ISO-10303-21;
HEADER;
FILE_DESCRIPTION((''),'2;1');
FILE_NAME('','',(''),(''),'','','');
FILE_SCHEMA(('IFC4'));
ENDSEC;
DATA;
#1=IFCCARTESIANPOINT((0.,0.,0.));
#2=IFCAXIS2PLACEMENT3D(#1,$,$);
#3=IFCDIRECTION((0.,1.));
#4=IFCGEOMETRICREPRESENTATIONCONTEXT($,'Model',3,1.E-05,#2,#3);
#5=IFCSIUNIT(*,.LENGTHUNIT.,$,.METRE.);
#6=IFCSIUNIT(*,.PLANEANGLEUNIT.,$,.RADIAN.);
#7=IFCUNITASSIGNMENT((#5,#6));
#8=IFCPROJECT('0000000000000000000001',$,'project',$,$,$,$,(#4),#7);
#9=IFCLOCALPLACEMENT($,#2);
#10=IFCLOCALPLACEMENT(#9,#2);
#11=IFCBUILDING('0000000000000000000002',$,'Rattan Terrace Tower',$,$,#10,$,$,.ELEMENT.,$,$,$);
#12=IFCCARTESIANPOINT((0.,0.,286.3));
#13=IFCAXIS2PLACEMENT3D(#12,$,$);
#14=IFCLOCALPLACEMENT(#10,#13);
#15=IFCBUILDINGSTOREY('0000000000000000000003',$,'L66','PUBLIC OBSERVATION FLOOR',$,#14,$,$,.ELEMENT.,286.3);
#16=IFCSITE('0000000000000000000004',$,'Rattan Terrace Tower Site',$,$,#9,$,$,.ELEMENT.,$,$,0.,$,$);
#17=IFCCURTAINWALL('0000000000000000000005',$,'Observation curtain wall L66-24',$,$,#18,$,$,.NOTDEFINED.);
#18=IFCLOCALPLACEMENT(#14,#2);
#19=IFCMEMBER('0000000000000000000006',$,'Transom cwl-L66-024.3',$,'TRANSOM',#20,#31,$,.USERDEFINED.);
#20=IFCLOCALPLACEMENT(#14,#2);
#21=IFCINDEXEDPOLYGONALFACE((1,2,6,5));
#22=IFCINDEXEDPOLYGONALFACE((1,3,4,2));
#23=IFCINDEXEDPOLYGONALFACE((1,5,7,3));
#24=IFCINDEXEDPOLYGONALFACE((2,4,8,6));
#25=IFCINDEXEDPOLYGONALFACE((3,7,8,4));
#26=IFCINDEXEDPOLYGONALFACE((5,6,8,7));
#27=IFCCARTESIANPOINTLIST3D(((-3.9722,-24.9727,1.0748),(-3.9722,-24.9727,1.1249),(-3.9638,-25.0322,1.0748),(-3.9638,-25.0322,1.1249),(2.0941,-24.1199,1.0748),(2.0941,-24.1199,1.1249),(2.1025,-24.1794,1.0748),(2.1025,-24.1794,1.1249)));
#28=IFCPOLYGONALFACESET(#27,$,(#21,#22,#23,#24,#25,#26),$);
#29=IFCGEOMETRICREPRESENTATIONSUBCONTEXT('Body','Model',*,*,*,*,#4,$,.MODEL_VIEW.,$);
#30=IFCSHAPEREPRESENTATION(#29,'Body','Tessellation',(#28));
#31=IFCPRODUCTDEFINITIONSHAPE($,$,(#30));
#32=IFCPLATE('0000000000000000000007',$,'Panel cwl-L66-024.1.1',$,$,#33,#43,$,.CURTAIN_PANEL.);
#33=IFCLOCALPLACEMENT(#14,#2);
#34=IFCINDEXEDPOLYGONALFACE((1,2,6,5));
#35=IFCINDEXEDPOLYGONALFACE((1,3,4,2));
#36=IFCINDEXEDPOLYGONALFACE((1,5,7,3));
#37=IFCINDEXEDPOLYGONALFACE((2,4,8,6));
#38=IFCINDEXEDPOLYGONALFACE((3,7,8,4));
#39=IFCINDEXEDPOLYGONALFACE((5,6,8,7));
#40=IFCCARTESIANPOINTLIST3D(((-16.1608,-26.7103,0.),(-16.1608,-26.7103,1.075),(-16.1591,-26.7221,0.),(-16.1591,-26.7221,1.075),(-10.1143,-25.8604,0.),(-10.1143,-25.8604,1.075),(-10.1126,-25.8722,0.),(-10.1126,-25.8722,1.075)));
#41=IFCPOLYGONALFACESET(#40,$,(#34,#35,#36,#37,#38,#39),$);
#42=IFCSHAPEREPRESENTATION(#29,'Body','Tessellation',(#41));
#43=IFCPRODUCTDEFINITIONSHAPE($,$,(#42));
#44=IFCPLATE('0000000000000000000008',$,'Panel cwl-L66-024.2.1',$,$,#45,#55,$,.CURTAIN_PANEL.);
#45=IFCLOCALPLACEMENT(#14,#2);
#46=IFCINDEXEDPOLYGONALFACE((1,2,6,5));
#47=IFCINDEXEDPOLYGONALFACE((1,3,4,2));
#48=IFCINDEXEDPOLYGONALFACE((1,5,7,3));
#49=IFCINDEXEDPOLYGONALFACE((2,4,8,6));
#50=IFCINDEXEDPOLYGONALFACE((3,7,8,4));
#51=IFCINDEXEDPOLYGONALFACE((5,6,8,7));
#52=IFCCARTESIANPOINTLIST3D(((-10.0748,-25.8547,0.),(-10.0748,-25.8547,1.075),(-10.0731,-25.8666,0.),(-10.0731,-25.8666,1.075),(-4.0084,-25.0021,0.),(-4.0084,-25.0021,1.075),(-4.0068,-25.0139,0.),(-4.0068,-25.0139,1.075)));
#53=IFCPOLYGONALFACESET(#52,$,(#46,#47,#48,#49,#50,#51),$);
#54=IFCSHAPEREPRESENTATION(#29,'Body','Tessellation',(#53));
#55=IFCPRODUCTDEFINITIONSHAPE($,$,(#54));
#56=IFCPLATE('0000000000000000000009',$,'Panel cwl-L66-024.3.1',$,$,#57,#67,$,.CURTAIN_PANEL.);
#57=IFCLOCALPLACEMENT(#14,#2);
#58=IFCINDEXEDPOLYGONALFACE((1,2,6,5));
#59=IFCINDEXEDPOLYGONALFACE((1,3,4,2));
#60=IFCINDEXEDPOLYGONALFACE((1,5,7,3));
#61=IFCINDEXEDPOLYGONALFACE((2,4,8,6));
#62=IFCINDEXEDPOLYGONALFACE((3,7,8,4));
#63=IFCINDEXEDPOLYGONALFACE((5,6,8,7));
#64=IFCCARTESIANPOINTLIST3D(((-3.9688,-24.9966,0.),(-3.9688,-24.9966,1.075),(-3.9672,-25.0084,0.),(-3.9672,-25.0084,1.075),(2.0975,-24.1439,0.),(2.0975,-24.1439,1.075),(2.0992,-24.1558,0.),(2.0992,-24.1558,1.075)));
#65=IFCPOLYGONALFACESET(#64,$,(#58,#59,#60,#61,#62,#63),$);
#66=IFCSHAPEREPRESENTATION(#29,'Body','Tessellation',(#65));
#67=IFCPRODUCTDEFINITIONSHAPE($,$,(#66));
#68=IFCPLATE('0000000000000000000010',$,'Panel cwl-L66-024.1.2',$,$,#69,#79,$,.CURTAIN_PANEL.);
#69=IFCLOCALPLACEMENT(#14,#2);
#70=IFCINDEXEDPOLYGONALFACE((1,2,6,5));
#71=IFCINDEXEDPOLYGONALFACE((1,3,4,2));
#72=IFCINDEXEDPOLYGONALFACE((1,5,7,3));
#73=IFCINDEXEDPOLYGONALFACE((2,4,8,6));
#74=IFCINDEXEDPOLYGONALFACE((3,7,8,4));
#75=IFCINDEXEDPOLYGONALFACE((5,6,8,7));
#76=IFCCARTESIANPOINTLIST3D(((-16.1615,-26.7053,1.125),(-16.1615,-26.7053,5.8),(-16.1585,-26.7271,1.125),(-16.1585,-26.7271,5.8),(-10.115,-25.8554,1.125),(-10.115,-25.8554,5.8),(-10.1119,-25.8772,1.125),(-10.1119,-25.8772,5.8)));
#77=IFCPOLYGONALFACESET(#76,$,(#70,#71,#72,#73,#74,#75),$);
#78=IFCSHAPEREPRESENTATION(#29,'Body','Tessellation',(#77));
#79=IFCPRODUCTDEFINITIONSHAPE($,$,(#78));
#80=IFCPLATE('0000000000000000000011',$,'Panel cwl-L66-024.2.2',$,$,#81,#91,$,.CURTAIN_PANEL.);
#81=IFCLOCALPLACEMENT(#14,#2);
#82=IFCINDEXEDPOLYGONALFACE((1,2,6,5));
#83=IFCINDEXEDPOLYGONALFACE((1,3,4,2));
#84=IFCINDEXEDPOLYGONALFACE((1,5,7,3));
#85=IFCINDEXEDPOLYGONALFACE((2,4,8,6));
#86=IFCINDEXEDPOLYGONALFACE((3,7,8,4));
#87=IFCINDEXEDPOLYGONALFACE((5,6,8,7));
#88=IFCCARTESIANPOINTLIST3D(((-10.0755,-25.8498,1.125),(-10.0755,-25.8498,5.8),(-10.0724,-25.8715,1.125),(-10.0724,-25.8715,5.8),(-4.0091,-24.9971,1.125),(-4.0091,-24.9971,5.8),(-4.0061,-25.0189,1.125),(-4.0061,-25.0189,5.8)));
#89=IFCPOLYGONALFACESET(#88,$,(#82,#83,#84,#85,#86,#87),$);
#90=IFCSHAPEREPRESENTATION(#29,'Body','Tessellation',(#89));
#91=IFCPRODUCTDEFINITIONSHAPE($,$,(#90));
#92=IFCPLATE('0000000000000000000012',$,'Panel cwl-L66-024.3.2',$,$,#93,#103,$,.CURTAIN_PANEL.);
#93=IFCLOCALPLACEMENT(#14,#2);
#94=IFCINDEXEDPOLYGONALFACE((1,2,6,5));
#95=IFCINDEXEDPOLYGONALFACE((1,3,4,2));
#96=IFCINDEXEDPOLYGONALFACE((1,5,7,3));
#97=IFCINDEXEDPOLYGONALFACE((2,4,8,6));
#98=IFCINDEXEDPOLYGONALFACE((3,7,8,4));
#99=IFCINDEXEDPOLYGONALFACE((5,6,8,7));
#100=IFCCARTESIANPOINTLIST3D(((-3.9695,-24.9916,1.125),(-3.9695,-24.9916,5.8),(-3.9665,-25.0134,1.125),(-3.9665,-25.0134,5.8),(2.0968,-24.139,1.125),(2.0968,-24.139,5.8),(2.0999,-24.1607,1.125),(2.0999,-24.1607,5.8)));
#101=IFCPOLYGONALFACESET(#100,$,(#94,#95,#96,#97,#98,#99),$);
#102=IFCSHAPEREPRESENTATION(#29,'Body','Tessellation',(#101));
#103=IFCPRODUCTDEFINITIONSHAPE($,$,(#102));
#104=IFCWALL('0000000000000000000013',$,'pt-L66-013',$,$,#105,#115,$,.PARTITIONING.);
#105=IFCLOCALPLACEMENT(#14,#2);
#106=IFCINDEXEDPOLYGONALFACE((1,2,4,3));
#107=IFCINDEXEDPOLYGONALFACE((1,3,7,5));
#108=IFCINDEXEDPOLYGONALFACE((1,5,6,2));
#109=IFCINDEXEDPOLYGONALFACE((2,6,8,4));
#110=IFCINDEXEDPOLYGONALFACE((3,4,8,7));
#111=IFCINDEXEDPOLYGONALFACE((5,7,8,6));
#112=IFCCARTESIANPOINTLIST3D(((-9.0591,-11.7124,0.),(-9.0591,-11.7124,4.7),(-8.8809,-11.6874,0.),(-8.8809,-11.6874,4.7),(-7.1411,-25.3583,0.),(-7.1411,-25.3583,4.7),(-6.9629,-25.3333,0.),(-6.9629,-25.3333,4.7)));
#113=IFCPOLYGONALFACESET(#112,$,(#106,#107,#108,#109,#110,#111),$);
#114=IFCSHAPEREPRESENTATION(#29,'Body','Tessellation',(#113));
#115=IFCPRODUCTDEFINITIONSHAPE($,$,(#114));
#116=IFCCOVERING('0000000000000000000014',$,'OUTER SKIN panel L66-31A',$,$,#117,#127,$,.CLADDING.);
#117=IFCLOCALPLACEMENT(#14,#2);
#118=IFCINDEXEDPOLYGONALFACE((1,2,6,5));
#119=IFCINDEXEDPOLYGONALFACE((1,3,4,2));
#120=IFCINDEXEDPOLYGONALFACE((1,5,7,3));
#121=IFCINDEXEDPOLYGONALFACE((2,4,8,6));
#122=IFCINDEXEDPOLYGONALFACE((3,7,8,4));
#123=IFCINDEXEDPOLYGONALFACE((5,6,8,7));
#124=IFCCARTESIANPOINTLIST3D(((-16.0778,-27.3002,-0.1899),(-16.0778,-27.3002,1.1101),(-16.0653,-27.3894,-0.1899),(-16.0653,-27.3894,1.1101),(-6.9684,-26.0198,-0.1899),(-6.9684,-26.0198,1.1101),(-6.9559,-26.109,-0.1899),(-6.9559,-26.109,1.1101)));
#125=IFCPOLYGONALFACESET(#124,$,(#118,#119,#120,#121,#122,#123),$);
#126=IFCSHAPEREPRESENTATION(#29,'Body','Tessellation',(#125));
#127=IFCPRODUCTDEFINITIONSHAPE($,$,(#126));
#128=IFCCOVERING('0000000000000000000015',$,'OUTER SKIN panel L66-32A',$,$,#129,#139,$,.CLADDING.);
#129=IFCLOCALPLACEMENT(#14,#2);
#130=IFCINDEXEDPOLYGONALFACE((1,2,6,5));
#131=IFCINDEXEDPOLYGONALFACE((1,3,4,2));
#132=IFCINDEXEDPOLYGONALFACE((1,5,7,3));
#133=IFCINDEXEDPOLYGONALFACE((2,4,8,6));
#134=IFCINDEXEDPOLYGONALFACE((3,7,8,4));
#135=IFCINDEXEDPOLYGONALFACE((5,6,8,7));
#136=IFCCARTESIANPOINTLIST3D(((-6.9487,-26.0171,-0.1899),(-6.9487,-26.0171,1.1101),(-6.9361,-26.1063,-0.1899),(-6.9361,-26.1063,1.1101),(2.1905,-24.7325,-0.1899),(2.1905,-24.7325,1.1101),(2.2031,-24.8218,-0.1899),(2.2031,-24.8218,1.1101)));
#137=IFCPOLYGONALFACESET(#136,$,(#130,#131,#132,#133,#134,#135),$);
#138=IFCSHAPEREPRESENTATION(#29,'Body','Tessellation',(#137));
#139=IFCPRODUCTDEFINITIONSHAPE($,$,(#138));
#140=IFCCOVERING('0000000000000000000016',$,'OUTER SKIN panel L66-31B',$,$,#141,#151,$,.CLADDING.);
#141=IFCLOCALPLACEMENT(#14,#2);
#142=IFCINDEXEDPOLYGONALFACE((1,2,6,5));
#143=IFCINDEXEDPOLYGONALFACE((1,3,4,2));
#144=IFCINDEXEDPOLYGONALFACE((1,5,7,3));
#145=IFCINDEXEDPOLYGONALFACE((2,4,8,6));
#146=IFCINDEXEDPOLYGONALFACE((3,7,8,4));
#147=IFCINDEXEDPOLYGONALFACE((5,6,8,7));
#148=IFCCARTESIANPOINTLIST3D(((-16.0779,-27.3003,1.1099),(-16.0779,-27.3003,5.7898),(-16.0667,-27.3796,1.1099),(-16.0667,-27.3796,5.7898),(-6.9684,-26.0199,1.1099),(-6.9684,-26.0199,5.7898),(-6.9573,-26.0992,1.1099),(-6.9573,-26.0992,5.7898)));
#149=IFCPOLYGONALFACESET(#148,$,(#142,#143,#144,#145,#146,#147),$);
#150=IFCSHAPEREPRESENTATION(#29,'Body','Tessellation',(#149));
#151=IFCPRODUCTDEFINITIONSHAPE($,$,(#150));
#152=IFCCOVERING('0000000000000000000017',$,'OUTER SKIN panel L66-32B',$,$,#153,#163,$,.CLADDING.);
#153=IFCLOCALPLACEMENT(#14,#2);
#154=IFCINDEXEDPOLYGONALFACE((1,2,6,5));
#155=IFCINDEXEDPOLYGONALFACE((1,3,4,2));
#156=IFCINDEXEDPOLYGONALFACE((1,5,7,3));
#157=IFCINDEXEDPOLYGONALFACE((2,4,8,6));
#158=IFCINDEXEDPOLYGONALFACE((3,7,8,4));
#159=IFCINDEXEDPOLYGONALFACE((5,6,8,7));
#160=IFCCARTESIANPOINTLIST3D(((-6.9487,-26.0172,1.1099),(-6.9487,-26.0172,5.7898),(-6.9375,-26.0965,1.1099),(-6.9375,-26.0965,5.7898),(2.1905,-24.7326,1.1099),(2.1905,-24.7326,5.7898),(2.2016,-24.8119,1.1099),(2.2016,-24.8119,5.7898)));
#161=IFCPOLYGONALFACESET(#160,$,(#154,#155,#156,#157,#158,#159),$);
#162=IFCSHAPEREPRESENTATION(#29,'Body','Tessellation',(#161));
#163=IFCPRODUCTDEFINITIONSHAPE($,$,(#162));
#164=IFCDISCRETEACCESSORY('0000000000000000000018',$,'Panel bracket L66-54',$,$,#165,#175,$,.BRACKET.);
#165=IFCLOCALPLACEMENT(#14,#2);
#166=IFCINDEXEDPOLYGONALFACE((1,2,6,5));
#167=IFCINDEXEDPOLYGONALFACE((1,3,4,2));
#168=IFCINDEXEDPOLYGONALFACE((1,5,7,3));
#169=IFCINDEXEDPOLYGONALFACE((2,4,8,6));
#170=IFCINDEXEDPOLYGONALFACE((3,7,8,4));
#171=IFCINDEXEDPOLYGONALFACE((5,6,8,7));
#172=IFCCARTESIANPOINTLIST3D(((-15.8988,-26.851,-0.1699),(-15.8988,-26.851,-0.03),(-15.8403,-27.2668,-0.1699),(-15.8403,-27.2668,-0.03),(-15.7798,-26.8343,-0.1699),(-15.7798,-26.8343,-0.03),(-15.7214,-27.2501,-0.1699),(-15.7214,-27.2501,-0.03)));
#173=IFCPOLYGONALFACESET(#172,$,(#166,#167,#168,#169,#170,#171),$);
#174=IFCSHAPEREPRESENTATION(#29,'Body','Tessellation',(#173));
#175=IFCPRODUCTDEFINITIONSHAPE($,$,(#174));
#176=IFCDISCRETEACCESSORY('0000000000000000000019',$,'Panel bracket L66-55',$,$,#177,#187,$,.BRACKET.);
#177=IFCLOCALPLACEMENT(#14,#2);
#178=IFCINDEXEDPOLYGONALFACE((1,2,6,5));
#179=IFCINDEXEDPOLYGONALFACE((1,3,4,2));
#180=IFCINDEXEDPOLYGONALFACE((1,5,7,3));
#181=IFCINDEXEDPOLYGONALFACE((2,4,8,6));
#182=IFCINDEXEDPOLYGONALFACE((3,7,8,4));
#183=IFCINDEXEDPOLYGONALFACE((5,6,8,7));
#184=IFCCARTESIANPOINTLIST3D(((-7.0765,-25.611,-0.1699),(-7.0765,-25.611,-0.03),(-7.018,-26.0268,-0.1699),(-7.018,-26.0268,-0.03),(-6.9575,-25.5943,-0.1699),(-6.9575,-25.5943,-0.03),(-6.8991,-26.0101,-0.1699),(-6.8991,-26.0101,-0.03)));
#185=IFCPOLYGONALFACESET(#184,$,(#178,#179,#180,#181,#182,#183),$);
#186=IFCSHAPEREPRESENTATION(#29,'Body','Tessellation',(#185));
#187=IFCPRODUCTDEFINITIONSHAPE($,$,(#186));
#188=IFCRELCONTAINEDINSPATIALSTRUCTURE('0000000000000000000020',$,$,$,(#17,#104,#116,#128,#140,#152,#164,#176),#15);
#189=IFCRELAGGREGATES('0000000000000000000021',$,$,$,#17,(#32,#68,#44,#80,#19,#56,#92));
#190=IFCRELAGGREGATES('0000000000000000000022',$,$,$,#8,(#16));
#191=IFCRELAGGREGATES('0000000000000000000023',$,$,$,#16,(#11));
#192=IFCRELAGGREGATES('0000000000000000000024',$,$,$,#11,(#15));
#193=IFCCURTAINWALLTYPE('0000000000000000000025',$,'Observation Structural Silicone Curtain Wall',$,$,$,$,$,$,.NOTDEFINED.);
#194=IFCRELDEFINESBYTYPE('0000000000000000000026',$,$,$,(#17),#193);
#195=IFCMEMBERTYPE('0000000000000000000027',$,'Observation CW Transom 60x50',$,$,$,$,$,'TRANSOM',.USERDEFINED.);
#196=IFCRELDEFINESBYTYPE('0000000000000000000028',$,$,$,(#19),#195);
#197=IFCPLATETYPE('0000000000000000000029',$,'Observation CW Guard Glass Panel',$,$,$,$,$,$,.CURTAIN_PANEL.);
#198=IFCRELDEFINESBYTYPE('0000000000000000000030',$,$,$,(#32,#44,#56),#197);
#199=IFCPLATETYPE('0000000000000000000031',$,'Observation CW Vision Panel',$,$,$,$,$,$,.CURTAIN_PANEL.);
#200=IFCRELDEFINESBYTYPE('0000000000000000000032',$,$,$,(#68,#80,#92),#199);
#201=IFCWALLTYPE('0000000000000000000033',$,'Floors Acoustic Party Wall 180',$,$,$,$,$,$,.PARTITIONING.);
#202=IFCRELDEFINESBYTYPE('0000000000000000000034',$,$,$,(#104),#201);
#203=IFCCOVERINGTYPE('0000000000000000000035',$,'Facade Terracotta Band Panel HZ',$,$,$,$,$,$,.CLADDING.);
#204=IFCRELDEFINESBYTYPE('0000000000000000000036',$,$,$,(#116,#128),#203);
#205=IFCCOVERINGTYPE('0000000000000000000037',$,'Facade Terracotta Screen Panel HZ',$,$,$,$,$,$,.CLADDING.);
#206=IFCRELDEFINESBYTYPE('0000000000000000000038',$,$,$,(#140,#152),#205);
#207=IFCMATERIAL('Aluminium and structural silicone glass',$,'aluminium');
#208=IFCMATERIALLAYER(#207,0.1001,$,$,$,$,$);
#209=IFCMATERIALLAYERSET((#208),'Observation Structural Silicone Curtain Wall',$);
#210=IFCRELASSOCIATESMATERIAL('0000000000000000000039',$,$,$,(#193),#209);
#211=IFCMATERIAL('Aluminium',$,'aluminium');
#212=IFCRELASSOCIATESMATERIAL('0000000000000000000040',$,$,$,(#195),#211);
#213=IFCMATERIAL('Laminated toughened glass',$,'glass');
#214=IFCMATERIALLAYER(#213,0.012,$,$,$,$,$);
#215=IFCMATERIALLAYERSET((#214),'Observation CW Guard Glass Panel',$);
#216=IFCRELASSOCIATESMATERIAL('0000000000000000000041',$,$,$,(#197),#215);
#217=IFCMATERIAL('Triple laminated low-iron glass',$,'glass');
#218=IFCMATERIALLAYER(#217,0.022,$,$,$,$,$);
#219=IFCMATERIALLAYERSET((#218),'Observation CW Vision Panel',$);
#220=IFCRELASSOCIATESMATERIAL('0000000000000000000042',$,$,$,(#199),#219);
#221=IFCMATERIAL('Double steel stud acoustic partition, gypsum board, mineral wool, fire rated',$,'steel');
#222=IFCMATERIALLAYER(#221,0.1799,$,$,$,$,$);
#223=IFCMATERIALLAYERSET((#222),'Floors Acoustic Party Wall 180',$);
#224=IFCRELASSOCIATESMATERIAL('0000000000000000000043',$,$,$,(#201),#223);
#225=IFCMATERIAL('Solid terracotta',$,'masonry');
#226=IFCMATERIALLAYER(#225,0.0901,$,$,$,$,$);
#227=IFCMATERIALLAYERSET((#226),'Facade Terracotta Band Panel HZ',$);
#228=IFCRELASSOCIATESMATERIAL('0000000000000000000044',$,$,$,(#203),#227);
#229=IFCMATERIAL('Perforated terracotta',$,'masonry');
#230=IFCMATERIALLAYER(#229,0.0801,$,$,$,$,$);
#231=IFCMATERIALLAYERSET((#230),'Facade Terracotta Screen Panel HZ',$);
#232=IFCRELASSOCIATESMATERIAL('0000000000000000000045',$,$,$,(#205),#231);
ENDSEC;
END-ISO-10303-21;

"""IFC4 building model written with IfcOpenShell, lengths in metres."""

from ifc_helpers import new_model, si_unit, direction, frame, frame_2d, origin, origin_2d, place, context, subcontext, project, spatial, rectangle, extrude, material, layer, layer_set, material_profile, profile_set, type_object, element, aggregate, save


model = new_model("IFC4")

# Units and contexts
model_context = context("Model", 3, precision=1e-05, world=origin(), true_north=direction((0.0, 1.0)))
body_context = subcontext(model_context, "Body", "Model", "MODEL_VIEW")
ifc_project = project(units=[si_unit("LENGTHUNIT", "METRE"), si_unit("PLANEANGLEUNIT", "RADIAN")], contexts=[model_context])

# Site, building, storey
site_placement = place(None, origin())
site = spatial("IfcSite", under=ifc_project, at=site_placement, Name="Rattan Terrace Tower Site", CompositionType="ELEMENT", RefElevation=0.0)
building_placement = place(site_placement, origin())
building = spatial("IfcBuilding", under=site, at=building_placement, Name="Rattan Terrace Tower", CompositionType="ELEMENT")
storey_placement = place(building_placement, frame((0.0, 0.0, 286.3)))
storey = spatial("IfcBuildingStorey", under=building, at=storey_placement, Name="L66", Description="PUBLIC OBSERVATION FLOOR", CompositionType="ELEMENT", Elevation=286.3)

# Curtain wall, member, plates
ifc_material_1 = material(Name="Aluminium and structural silicone glass", Category="aluminium")
ifc_layer_1 = layer(ifc_material_1, 0.1001)
ifc_layer_set_1 = layer_set([ifc_layer_1], Name="Observation Structural Silicone Curtain Wall")
curtain_wall_type = type_object("IfcCurtainWallType", Name="Observation Structural Silicone Curtain Wall", PredefinedType="NOTDEFINED", material=ifc_layer_set_1)
curtain_wall_placement = place(storey_placement, origin())
curtain_wall = element("IfcCurtainWall", 1, at=curtain_wall_placement, inside=storey, type_object=curtain_wall_type, Name="Observation curtain wall L66-24", PredefinedType="NOTDEFINED")
ifc_material_2 = material(Name="Aluminium", Category="aluminium")
ifc_material_profile_1 = material_profile(ifc_material_2, rectangle(XDim=0.0601, YDim=0.05, at=origin_2d()), Name="Aluminium 60x50")
ifc_profile_set_1 = profile_set([ifc_material_profile_1], Name="Aluminium")
member_type_1 = type_object("IfcMemberType", Name="Observation CW Transom 60x50", ElementType="TRANSOM", PredefinedType="USERDEFINED", material=ifc_profile_set_1)
member_1_placement = place(storey_placement, frame((-3.968, -25.0024, 1.0999), z_axis=(0.990263, 0.139206, 0.0), x_axis=(-0.139206, 0.990263, 0.0)))
member_1 = element("IfcMember", 2, at=member_1_placement, type_object=member_type_1, Name="Transom cwl-L66-024.3", ObjectType="TRANSOM", PredefinedType="USERDEFINED", context=body_context, shape_type="SweptSolid", body=[
    extrude(rectangle(XDim=0.0601, YDim=0.05, at=origin_2d()), origin(), (0.0, 0.0, 1.0), 6.126),
])
ifc_material_3 = material(Name="Laminated toughened glass", Category="glass")
ifc_layer_2 = layer(ifc_material_3, 0.012)
ifc_layer_set_2 = layer_set([ifc_layer_2], Name="Observation CW Guard Glass Panel")
plate_type_1 = type_object("IfcPlateType", Name="Observation CW Guard Glass Panel", PredefinedType="CURTAIN_PANEL", material=ifc_layer_set_2)
plate_1_placement = place(storey_placement, frame((-13.1367, -26.2913, 0.0), z_axis=(0.0, 0.0, 1.0), x_axis=(0.990266, 0.139189, 0.0)))
plate_1 = element("IfcPlate", 3, at=plate_1_placement, type_object=plate_type_1, Name="Panel cwl-L66-024.1.1", PredefinedType="CURTAIN_PANEL", context=body_context, shape_type="SweptSolid", body=[
    extrude(rectangle(XDim=6.106, YDim=0.012, at=origin_2d()), origin(), (0.0, 0.0, 1.0), 1.075),
])
plate_2_placement = place(storey_placement, frame((-7.0408, -25.4343, 0.0), z_axis=(0.0, 0.0, 1.0), x_axis=(0.990266, 0.139189, 0.0)))
plate_2 = element("IfcPlate", 4, at=plate_2_placement, type_object=plate_type_1, Name="Panel cwl-L66-024.2.1", PredefinedType="CURTAIN_PANEL", context=body_context, shape_type="SweptSolid", body=[
    extrude(rectangle(XDim=6.126, YDim=0.012, at=origin_2d()), origin(), (0.0, 0.0, 1.0), 1.075),
])
plate_3_placement = place(storey_placement, frame((-0.9348, -24.5762, 0.0), z_axis=(0.0, 0.0, 1.0), x_axis=(0.990266, 0.139189, 0.0)))
plate_3 = element("IfcPlate", 5, at=plate_3_placement, type_object=plate_type_1, Name="Panel cwl-L66-024.3.1", PredefinedType="CURTAIN_PANEL", context=body_context, shape_type="SweptSolid", body=[
    extrude(rectangle(XDim=6.126, YDim=0.012, at=origin_2d()), origin(), (0.0, 0.0, 1.0), 1.075),
])
ifc_material_4 = material(Name="Triple laminated low-iron glass", Category="glass")
ifc_layer_3 = layer(ifc_material_4, 0.022)
ifc_layer_set_3 = layer_set([ifc_layer_3], Name="Observation CW Vision Panel")
plate_type_2 = type_object("IfcPlateType", Name="Observation CW Vision Panel", PredefinedType="CURTAIN_PANEL", material=ifc_layer_set_3)
plate_4_placement = place(storey_placement, frame((-13.1367, -26.2913, 1.125), z_axis=(0.0, 0.0, 1.0), x_axis=(0.990266, 0.139189, 0.0)))
plate_4 = element("IfcPlate", 6, at=plate_4_placement, type_object=plate_type_2, Name="Panel cwl-L66-024.1.2", PredefinedType="CURTAIN_PANEL", context=body_context, shape_type="SweptSolid", body=[
    extrude(rectangle(XDim=6.106, YDim=0.022, at=origin_2d()), origin(), (0.0, 0.0, 1.0), 4.675),
])
plate_5_placement = place(storey_placement, frame((-7.0408, -25.4343, 1.125), z_axis=(0.0, 0.0, 1.0), x_axis=(0.990266, 0.139189, 0.0)))
plate_5 = element("IfcPlate", 7, at=plate_5_placement, type_object=plate_type_2, Name="Panel cwl-L66-024.2.2", PredefinedType="CURTAIN_PANEL", context=body_context, shape_type="SweptSolid", body=[
    extrude(rectangle(XDim=6.126, YDim=0.022, at=origin_2d()), origin(), (0.0, 0.0, 1.0), 4.675),
])
plate_6_placement = place(storey_placement, frame((-0.9348, -24.5762, 1.125), z_axis=(0.0, 0.0, 1.0), x_axis=(0.990266, 0.139189, 0.0)))
plate_6 = element("IfcPlate", 8, at=plate_6_placement, type_object=plate_type_2, Name="Panel cwl-L66-024.3.2", PredefinedType="CURTAIN_PANEL", context=body_context, shape_type="SweptSolid", body=[
    extrude(rectangle(XDim=6.126, YDim=0.022, at=origin_2d()), origin(), (0.0, 0.0, 1.0), 4.675),
])
aggregate(curtain_wall, [plate_1, plate_4, plate_2, plate_5, member_1, plate_3, plate_6])

# Wall
ifc_material_5 = material(Name="Double steel stud acoustic partition, gypsum board, mineral wool, fire rated", Category="steel")
ifc_layer_4 = layer(ifc_material_5, 0.1799)
ifc_layer_set_4 = layer_set([ifc_layer_4], Name="Floors Acoustic Party Wall 180")
wall_type = type_object("IfcWallType", Name="Floors Acoustic Party Wall 180", PredefinedType="PARTITIONING", material=ifc_layer_set_4)
wall_placement = place(storey_placement, frame((-7.052, -25.3459, 0.0), z_axis=(0.0, 0.0, 1.0), x_axis=(-0.139184, 0.990267, 0.0)))
element("IfcWall", 9, at=wall_placement, inside=storey, type_object=wall_type, Name="pt-L66-013", PredefinedType="PARTITIONING", context=body_context, shape_type="SweptSolid", body=[
    extrude(rectangle(XDim=13.78, YDim=0.1799, at=frame_2d((6.8901, 0.0))), origin(), (0.0, 0.0, 1.0), 4.7),
])

# Coverings
ifc_material_6 = material(Name="Solid terracotta", Category="masonry")
ifc_layer_5 = layer(ifc_material_6, 0.0901)
ifc_layer_set_5 = layer_set([ifc_layer_5], Name="Facade Terracotta Band Panel HZ")
covering_type_1 = type_object("IfcCoveringType", Name="Facade Terracotta Band Panel HZ", PredefinedType="CLADDING", material=ifc_layer_set_5)
covering_1_placement = place(storey_placement, frame((-11.5168, -26.7046, -0.1899), z_axis=(0.0, 0.0, 1.0), x_axis=(0.990266, 0.139189, 0.0)))
element("IfcCovering", 10, at=covering_1_placement, inside=storey, type_object=covering_type_1, Name="OUTER SKIN panel L66-31A", PredefinedType="CLADDING", context=body_context, shape_type="SweptSolid", body=[
    extrude(rectangle(XDim=9.199, YDim=0.0901, at=origin_2d()), origin(), (0.0, 0.0, 1.0), 1.3),
])
covering_2_placement = place(storey_placement, frame((-2.3728, -25.4194, -0.1899), z_axis=(0.0, 0.0, 1.0), x_axis=(0.990266, 0.139189, 0.0)))
element("IfcCovering", 11, at=covering_2_placement, inside=storey, type_object=covering_type_1, Name="OUTER SKIN panel L66-32A", PredefinedType="CLADDING", context=body_context, shape_type="SweptSolid", body=[
    extrude(rectangle(XDim=9.229, YDim=0.0901, at=origin_2d()), origin(), (0.0, 0.0, 1.0), 1.3),
])
ifc_material_7 = material(Name="Perforated terracotta", Category="masonry")
ifc_layer_6 = layer(ifc_material_7, 0.0801)
ifc_layer_set_6 = layer_set([ifc_layer_6], Name="Facade Terracotta Screen Panel HZ")
covering_type_2 = type_object("IfcCoveringType", Name="Facade Terracotta Screen Panel HZ", PredefinedType="CLADDING", material=ifc_layer_set_6)
covering_3_placement = place(storey_placement, frame((-11.5176, -26.6997, 1.1099), z_axis=(0.0, 0.0, 1.0), x_axis=(0.990266, 0.139189, 0.0)))
element("IfcCovering", 12, at=covering_3_placement, inside=storey, type_object=covering_type_2, Name="OUTER SKIN panel L66-31B", PredefinedType="CLADDING", context=body_context, shape_type="SweptSolid", body=[
    extrude(rectangle(XDim=9.199, YDim=0.0801, at=origin_2d()), origin(), (0.0, 0.0, 1.0), 4.6799),
])
covering_4_placement = place(storey_placement, frame((-2.3735, -25.4146, 1.1099), z_axis=(0.0, 0.0, 1.0), x_axis=(0.990266, 0.139189, 0.0)))
element("IfcCovering", 13, at=covering_4_placement, inside=storey, type_object=covering_type_2, Name="OUTER SKIN panel L66-32B", PredefinedType="CLADDING", context=body_context, shape_type="SweptSolid", body=[
    extrude(rectangle(XDim=9.229, YDim=0.0801, at=origin_2d()), origin(), (0.0, 0.0, 1.0), 4.6799),
])

# Discrete accessories
for number, where, z_axis, x_axis, name in (
    (14, (-15.8101, -27.0505, -0.1699), (0.0, 0.0, 1.0), (0.990266, 0.139189, 0.0), "Panel bracket L66-54"),
    (15, (-6.9878, -25.8105, -0.1699), (0.0, 0.0, 1.0), (0.990266, 0.139189, 0.0), "Panel bracket L66-55"),
):
    element("IfcDiscreteAccessory", number, at=place(storey_placement, frame(where, z_axis=z_axis, x_axis=x_axis)), inside=storey, Name=name, PredefinedType="BRACKET", context=body_context, shape_type="SweptSolid", body=[
        extrude(rectangle(XDim=0.1201, YDim=0.4199, at=origin_2d()), origin(), (0.0, 0.0, 1.0), 0.1399),
    ])

save(model, "model.ifc")
